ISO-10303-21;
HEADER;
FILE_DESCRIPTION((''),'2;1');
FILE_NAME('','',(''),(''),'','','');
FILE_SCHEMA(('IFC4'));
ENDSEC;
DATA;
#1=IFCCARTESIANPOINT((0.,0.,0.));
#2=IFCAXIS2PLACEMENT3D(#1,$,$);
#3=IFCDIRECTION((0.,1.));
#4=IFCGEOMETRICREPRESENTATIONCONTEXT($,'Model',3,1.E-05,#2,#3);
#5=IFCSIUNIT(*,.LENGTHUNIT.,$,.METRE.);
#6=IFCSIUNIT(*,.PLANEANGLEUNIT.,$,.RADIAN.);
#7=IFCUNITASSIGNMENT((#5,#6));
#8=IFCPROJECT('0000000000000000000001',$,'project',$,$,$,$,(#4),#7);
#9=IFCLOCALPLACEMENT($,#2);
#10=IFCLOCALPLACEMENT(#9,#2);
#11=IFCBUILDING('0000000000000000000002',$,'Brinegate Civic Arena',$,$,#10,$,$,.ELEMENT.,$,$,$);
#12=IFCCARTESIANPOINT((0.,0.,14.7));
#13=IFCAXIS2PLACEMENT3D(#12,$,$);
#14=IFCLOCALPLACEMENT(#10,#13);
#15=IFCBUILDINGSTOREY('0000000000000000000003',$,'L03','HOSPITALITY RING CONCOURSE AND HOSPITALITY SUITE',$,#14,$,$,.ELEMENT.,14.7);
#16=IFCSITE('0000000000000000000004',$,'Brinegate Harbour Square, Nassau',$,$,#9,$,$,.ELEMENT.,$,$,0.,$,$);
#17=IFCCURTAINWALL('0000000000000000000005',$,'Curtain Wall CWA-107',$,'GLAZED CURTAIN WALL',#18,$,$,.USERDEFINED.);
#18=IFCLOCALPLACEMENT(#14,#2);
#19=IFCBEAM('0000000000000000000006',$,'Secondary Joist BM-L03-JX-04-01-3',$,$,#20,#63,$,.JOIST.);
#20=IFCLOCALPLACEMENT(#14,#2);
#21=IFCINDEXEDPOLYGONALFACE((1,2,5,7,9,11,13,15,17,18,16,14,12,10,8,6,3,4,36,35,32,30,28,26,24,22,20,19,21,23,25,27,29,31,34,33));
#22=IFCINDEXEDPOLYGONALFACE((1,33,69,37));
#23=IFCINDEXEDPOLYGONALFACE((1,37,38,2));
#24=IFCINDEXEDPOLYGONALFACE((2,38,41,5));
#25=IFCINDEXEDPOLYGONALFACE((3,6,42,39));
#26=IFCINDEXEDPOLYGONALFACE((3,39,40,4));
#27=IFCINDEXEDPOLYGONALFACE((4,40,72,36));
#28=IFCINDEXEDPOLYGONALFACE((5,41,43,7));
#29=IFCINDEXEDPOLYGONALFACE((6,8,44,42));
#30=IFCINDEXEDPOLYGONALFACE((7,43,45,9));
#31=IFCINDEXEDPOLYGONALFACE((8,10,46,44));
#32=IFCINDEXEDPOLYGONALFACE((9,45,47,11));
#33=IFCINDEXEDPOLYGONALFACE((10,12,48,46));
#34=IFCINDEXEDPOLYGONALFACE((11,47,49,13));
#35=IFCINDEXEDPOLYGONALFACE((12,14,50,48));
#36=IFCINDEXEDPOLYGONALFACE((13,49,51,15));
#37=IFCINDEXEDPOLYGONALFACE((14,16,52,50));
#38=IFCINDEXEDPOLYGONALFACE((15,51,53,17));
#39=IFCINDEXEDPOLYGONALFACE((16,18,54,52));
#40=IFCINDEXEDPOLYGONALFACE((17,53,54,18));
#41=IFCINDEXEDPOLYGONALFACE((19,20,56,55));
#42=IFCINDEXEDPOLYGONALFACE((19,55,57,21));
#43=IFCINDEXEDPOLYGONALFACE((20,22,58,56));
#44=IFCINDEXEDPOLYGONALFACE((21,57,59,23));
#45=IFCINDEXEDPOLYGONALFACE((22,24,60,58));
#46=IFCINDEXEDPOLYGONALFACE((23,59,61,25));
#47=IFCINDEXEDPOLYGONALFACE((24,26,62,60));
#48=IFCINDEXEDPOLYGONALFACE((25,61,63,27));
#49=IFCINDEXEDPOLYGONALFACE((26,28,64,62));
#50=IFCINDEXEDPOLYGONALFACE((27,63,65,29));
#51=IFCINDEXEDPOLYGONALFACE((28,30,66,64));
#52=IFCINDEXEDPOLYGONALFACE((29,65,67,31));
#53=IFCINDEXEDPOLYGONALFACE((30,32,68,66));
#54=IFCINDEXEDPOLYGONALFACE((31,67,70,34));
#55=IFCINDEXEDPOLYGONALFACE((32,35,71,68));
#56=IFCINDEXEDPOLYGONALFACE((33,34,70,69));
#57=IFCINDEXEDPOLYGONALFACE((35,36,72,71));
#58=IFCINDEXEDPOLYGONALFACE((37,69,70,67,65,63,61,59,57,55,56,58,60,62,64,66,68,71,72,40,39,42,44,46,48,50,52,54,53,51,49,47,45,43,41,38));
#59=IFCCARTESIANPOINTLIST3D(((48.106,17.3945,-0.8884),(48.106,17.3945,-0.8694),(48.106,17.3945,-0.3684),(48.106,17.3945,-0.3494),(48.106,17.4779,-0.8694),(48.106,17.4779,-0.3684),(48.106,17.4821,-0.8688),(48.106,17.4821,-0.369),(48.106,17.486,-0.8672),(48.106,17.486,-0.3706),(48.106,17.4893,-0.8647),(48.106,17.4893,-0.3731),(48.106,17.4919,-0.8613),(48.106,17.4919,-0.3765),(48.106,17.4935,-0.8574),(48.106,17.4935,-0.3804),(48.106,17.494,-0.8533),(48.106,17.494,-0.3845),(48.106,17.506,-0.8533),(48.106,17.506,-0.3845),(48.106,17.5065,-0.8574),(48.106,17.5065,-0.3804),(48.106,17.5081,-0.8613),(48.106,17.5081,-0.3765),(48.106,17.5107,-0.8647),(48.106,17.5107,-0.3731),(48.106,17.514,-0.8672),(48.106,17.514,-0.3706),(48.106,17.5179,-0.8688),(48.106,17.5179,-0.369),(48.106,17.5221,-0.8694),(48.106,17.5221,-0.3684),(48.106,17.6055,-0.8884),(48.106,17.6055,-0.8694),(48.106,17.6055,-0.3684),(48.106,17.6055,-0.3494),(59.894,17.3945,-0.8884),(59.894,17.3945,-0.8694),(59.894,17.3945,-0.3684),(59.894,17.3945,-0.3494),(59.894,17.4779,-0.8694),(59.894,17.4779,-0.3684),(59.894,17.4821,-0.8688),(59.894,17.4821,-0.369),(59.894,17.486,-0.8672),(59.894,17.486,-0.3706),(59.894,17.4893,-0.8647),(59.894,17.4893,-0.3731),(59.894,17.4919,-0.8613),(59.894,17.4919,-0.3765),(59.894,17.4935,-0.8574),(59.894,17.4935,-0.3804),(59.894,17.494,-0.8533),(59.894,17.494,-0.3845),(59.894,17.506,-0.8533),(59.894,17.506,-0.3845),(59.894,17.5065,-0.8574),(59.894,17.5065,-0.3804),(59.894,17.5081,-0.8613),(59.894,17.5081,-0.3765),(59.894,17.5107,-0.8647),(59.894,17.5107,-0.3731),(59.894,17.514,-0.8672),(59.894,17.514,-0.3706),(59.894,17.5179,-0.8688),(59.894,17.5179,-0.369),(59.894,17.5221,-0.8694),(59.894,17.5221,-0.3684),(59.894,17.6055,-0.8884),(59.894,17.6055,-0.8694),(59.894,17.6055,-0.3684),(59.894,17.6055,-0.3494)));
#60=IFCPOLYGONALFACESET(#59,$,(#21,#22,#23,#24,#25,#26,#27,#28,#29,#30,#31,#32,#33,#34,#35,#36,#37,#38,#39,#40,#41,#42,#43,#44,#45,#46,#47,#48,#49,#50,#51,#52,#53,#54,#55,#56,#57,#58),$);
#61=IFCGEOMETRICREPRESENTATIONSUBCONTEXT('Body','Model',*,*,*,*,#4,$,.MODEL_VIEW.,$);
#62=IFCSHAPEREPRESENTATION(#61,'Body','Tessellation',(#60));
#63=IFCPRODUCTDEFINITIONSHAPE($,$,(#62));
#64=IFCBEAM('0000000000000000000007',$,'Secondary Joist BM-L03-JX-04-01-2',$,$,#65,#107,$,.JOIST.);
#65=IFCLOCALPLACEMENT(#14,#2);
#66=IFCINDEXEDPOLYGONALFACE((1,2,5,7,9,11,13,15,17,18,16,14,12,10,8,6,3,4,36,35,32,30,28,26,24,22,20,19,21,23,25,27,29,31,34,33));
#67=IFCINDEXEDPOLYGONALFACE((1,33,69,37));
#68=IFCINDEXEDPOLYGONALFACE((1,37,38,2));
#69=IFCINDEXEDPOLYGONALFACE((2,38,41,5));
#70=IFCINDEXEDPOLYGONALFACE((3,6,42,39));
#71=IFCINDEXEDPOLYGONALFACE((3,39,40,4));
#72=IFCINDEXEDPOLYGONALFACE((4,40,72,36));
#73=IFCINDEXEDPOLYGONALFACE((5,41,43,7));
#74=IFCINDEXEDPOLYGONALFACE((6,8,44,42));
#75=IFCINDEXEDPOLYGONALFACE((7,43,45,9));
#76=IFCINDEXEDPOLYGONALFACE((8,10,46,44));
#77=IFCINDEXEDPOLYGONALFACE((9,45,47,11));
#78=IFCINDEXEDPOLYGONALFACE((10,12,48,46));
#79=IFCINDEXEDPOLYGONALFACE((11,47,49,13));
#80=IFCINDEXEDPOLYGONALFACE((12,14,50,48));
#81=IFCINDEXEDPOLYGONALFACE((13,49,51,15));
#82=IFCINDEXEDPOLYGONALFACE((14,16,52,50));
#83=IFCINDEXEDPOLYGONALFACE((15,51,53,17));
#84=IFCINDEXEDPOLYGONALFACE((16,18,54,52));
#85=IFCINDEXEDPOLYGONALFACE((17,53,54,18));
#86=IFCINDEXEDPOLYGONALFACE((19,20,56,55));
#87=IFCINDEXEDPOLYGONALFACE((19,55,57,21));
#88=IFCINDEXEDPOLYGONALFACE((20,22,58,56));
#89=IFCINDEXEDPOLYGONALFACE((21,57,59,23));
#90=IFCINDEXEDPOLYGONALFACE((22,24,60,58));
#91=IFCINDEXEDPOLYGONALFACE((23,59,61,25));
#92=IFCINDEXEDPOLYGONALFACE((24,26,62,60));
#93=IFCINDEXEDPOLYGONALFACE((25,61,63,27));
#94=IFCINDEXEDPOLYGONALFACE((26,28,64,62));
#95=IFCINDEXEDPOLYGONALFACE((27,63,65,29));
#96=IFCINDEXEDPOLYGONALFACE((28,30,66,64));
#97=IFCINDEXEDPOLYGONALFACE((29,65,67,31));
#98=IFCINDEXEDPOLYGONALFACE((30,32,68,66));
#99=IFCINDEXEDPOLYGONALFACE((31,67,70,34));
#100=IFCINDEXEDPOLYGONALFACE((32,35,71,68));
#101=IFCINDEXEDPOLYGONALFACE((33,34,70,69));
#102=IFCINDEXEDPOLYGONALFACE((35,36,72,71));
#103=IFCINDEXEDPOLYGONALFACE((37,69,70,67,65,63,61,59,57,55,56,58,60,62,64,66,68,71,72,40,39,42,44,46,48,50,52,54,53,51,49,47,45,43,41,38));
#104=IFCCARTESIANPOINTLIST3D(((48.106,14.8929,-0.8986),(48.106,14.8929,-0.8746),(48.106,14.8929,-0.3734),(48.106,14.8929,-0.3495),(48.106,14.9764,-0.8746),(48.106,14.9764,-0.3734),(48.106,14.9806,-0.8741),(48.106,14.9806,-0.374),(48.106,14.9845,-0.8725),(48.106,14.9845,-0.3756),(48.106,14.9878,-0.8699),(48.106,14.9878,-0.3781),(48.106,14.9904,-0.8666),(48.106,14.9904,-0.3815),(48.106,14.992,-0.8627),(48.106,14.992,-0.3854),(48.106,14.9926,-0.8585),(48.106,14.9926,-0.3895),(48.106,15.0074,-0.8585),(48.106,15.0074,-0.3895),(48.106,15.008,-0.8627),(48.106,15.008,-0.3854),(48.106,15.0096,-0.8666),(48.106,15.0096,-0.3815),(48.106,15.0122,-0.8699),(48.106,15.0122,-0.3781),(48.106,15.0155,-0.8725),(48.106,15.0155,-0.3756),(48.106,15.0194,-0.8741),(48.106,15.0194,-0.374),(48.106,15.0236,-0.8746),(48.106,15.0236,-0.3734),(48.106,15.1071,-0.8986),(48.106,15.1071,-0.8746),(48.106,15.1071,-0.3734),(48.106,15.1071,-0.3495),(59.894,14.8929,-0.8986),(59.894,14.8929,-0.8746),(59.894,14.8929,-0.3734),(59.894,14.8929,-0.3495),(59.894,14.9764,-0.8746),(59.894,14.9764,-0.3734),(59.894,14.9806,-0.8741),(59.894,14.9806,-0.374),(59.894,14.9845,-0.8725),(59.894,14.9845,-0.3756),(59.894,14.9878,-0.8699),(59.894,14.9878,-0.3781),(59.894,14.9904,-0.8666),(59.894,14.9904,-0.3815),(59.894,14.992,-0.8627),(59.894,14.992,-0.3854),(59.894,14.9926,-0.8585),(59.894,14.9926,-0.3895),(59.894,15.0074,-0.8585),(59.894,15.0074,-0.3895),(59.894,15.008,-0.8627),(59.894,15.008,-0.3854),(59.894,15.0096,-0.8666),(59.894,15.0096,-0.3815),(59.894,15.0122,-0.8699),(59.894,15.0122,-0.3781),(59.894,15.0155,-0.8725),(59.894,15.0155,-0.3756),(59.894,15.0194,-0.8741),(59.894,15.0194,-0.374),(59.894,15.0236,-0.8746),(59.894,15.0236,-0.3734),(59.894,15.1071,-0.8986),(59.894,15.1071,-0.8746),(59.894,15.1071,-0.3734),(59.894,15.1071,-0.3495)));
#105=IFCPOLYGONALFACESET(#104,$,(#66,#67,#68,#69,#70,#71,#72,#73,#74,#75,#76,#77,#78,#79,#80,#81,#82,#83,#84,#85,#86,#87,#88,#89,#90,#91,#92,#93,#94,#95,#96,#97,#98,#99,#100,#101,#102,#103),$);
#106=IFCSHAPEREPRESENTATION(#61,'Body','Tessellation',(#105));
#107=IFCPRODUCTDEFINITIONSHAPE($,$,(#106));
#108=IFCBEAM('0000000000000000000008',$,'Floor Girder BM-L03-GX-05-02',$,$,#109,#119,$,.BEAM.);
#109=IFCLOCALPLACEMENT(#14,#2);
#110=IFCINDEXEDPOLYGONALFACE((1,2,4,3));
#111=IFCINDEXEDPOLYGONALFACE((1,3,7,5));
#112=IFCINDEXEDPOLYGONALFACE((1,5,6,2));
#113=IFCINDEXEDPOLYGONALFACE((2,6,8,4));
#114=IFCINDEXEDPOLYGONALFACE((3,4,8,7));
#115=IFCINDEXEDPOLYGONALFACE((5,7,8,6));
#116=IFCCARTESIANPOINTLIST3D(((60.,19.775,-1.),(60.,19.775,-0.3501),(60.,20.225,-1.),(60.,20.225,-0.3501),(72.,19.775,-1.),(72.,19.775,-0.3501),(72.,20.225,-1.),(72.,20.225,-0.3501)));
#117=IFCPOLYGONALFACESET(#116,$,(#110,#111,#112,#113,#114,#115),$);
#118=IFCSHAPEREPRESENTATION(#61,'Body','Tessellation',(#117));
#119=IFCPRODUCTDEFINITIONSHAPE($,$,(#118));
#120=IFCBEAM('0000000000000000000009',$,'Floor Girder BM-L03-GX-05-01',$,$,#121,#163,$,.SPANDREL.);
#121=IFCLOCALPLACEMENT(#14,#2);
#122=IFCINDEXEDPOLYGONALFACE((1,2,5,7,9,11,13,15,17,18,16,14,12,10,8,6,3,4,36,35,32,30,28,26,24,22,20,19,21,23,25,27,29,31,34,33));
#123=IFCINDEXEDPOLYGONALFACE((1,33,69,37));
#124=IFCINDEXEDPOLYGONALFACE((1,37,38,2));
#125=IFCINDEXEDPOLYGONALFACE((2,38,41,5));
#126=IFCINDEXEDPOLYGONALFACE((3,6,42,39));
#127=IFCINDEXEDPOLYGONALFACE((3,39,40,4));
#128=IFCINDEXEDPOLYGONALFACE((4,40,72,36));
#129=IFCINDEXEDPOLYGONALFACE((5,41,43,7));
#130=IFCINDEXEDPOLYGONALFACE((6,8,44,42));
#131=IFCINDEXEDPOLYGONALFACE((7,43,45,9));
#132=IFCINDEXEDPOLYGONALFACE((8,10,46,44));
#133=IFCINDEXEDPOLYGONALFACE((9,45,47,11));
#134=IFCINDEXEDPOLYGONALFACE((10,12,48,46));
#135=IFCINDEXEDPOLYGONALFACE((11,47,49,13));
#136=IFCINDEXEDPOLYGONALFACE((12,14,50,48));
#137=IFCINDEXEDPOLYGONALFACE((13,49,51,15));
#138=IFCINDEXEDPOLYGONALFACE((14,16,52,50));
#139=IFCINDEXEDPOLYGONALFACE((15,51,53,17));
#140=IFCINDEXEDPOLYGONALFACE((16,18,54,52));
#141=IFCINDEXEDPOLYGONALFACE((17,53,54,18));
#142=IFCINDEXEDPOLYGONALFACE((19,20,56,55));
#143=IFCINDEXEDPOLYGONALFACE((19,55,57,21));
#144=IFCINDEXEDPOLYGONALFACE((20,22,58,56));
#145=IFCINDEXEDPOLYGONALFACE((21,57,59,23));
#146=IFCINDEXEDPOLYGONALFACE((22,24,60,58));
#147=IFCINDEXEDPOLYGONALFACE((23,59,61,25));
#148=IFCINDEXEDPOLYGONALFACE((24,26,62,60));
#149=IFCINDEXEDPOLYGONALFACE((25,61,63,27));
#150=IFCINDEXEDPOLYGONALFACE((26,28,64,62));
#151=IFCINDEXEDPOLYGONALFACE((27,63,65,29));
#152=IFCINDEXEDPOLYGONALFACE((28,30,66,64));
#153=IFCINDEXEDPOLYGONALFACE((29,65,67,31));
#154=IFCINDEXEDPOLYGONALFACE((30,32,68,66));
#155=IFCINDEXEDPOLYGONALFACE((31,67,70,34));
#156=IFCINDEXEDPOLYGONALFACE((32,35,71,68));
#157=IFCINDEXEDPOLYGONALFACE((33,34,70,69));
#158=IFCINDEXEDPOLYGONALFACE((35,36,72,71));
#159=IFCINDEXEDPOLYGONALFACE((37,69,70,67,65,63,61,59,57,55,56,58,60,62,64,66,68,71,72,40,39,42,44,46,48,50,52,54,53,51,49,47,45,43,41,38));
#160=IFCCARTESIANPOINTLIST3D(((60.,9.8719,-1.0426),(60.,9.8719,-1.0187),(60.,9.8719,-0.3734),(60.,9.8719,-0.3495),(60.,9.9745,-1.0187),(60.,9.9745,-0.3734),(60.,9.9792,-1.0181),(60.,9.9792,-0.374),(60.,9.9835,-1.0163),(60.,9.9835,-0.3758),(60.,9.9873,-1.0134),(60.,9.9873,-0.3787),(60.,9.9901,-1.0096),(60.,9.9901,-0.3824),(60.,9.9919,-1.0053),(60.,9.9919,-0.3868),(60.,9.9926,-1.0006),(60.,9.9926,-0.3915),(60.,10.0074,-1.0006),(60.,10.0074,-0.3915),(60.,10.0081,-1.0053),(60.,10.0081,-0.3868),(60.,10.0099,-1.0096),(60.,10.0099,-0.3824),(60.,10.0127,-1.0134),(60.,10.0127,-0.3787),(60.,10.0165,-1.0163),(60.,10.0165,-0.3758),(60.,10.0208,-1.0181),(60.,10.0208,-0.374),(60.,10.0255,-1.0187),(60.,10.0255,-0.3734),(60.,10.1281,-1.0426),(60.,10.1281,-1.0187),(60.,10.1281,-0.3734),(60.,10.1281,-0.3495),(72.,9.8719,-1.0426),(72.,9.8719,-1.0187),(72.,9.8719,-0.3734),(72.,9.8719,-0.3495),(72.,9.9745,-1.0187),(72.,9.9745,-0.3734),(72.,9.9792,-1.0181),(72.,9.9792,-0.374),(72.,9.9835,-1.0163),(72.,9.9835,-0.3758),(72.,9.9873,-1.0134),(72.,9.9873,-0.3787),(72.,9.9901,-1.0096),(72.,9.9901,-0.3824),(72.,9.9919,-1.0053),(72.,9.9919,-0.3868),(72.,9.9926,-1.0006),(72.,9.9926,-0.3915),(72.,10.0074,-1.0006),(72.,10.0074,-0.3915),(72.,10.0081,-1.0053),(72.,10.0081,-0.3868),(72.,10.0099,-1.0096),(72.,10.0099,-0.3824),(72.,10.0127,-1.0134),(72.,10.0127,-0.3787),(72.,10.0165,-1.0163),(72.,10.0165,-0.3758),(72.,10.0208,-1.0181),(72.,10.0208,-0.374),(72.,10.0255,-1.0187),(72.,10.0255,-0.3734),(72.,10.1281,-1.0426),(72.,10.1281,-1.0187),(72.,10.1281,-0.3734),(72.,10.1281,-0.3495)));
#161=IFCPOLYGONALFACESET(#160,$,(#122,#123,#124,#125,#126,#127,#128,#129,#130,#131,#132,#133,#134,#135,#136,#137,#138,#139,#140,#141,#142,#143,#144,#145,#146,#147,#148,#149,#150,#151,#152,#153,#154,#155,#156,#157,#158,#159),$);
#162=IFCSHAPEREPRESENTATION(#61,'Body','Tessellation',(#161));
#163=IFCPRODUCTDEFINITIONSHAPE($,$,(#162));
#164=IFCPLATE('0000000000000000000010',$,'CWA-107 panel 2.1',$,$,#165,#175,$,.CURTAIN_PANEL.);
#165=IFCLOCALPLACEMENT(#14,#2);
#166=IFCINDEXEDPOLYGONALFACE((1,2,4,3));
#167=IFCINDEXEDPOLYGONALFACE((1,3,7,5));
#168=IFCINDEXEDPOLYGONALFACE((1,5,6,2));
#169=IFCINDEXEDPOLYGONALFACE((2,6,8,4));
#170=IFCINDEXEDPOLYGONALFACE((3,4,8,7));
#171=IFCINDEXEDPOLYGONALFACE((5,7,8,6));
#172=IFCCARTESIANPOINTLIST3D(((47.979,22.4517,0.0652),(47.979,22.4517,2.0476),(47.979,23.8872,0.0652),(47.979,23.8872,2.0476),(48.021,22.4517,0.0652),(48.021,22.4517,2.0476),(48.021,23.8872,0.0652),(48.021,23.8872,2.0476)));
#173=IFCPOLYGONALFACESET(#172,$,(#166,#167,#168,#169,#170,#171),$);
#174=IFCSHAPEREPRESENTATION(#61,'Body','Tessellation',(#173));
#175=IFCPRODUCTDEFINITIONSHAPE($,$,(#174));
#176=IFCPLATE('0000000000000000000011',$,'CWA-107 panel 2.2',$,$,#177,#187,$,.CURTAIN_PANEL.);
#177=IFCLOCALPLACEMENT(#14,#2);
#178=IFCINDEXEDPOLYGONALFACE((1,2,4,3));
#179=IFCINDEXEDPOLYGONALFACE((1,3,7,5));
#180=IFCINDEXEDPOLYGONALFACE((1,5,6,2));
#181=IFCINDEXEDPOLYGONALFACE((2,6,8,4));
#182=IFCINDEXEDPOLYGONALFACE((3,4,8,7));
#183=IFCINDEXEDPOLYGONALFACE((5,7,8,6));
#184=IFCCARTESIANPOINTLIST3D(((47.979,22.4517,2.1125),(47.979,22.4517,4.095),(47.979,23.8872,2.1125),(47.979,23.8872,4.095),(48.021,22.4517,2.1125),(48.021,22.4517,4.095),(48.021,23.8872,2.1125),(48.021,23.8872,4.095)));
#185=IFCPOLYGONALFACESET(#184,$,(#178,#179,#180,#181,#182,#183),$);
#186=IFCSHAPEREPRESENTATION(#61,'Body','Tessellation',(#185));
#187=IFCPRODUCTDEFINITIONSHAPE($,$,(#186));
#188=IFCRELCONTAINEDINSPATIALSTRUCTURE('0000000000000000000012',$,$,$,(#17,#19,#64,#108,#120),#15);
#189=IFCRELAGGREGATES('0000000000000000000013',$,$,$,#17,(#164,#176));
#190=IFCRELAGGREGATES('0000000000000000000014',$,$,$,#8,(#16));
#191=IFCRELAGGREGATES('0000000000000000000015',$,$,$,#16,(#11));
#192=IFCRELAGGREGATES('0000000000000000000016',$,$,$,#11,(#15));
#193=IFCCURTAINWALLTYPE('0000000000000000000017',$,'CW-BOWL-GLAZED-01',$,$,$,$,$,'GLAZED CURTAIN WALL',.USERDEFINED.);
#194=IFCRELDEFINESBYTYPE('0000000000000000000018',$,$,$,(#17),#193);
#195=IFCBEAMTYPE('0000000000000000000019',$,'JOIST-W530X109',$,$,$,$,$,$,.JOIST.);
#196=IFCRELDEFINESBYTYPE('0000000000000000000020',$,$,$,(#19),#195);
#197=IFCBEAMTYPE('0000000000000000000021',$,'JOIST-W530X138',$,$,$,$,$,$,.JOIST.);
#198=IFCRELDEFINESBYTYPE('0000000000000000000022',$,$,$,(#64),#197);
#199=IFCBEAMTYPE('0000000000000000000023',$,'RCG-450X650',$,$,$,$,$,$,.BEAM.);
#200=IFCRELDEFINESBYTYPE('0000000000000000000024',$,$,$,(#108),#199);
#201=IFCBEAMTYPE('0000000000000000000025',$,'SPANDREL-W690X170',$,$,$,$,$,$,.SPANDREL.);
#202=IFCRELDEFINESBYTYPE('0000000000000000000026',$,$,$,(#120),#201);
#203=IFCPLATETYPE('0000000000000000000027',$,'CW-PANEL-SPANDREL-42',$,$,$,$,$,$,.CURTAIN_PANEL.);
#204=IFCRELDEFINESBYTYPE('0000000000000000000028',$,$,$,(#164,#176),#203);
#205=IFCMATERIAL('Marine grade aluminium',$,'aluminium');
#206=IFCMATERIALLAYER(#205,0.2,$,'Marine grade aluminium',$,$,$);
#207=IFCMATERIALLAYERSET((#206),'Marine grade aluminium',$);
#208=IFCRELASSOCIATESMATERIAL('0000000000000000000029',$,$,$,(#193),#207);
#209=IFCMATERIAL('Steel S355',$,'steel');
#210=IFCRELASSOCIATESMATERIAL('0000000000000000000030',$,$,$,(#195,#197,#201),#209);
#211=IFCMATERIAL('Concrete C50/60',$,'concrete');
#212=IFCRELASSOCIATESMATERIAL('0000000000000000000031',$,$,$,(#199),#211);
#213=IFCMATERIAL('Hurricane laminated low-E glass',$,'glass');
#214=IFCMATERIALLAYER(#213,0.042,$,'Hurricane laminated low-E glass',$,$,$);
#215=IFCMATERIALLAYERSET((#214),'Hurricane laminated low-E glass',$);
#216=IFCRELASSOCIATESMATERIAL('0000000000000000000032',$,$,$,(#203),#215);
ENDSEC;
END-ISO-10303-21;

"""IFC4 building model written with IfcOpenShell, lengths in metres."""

from ifc_helpers import new_model, si_unit, direction, frame, origin, origin_2d, place, context, subcontext, project, spatial, rectangle, i_section, extrude, material, layer, layer_set, material_profile, profile_set, type_object, element, aggregate, save


model = new_model("IFC4")

# Units and contexts
model_context = context("Model", 3, precision=1e-05, world=origin(), true_north=direction((0.0, 1.0)))
body_context = subcontext(model_context, "Body", "Model", "MODEL_VIEW")
ifc_project = project(units=[si_unit("LENGTHUNIT", "METRE"), si_unit("PLANEANGLEUNIT", "RADIAN")], contexts=[model_context])

# Site, building, storey
site_placement = place(None, origin())
site = spatial("IfcSite", under=ifc_project, at=site_placement, Name="Brinegate Harbour Square, Nassau", CompositionType="ELEMENT", RefElevation=0.0)
building_placement = place(site_placement, origin())
building = spatial("IfcBuilding", under=site, at=building_placement, Name="Brinegate Civic Arena", CompositionType="ELEMENT")
storey_placement = place(building_placement, frame((0.0, 0.0, 14.7)))
storey = spatial("IfcBuildingStorey", under=building, at=storey_placement, Name="L03", Description="HOSPITALITY RING CONCOURSE AND HOSPITALITY SUITE", CompositionType="ELEMENT", Elevation=14.7)

# Shared definitions
ifc_material_1 = material(Name="Concrete C50/60", Category="concrete")

# Curtain wall
ifc_material_2 = material(Name="Marine grade aluminium", Category="aluminium")
ifc_layer_1 = layer(ifc_material_2, 0.2, Name="Marine grade aluminium")
ifc_layer_set_1 = layer_set([ifc_layer_1], Name="Marine grade aluminium")
curtain_wall_type = type_object("IfcCurtainWallType", Name="CW-BOWL-GLAZED-01", ElementType="GLAZED CURTAIN WALL", PredefinedType="USERDEFINED", material=ifc_layer_set_1)
curtain_wall_placement = place(storey_placement, origin())
curtain_wall = element("IfcCurtainWall", 1, at=curtain_wall_placement, inside=storey, type_object=curtain_wall_type, Name="Curtain Wall CWA-107", ObjectType="GLAZED CURTAIN WALL", PredefinedType="USERDEFINED")

# Beams
ifc_material_3 = material(Name="Steel S355", Category="steel")
ifc_material_profile_1 = material_profile(ifc_material_3, i_section(OverallWidth=0.2109, OverallDepth=0.5391, WebThickness=0.012, FlangeThickness=0.019, FilletRadius=0.0161, at=origin_2d()), Name="W530X109")
ifc_profile_set_1 = profile_set([ifc_material_profile_1], Name="Steel S355")
beam_type_1 = type_object("IfcBeamType", Name="JOIST-W530X109", PredefinedType="JOIST", material=ifc_profile_set_1)
beam_1_placement = place(storey_placement, frame((48.106, 17.5, -0.6189), z_axis=(1.0, 0.0, 0.0), x_axis=(0.0, 1.0, 0.0)))
element("IfcBeam", 2, at=beam_1_placement, inside=storey, type_object=beam_type_1, Name="Secondary Joist BM-L03-JX-04-01-3", PredefinedType="JOIST", context=body_context, shape_type="SweptSolid", body=[
    extrude(i_section(OverallWidth=0.2109, OverallDepth=0.5391, WebThickness=0.012, FlangeThickness=0.019, FilletRadius=0.0161, at=origin_2d()), origin(), (0.0, 0.0, 1.0), 11.7881),
])
ifc_material_profile_2 = material_profile(ifc_material_3, i_section(OverallWidth=0.2141, OverallDepth=0.5491, WebThickness=0.0149, FlangeThickness=0.0239, FilletRadius=0.0161, at=origin_2d()), Name="W530X138")
ifc_profile_set_2 = profile_set([ifc_material_profile_2], Name="Steel S355")
beam_type_2 = type_object("IfcBeamType", Name="JOIST-W530X138", PredefinedType="JOIST", material=ifc_profile_set_2)
beam_2_placement = place(storey_placement, frame((48.106, 15.0, -0.624), z_axis=(1.0, 0.0, 0.0), x_axis=(0.0, 1.0, 0.0)))
element("IfcBeam", 3, at=beam_2_placement, inside=storey, type_object=beam_type_2, Name="Secondary Joist BM-L03-JX-04-01-2", PredefinedType="JOIST", context=body_context, shape_type="SweptSolid", body=[
    extrude(i_section(OverallWidth=0.2141, OverallDepth=0.5491, WebThickness=0.0149, FlangeThickness=0.0239, FilletRadius=0.0161, at=origin_2d()), origin(), (0.0, 0.0, 1.0), 11.7881),
])
ifc_material_profile_3 = material_profile(ifc_material_1, rectangle(XDim=0.45, YDim=0.6499, at=origin_2d()), Name="RCB450X650")
ifc_profile_set_3 = profile_set([ifc_material_profile_3], Name="Concrete C50/60")
beam_type_3 = type_object("IfcBeamType", Name="RCG-450X650", PredefinedType="BEAM", material=ifc_profile_set_3)
beam_3_placement = place(storey_placement, frame((60.0, 20.0, -0.675), z_axis=(1.0, 0.0, 0.0), x_axis=(0.0, 1.0, 0.0)))
element("IfcBeam", 4, at=beam_3_placement, inside=storey, type_object=beam_type_3, Name="Floor Girder BM-L03-GX-05-02", PredefinedType="BEAM", context=body_context, shape_type="SweptSolid", body=[
    extrude(rectangle(XDim=0.45, YDim=0.6499, at=origin_2d()), origin(), (0.0, 0.0, 1.0), 12.0),
])
ifc_material_profile_4 = material_profile(ifc_material_3, i_section(OverallWidth=0.2561, OverallDepth=0.6931, WebThickness=0.0149, FlangeThickness=0.0239, FilletRadius=0.0181, at=origin_2d()), Name="W690X170")
ifc_profile_set_4 = profile_set([ifc_material_profile_4], Name="Steel S355")
beam_type_4 = type_object("IfcBeamType", Name="SPANDREL-W690X170", PredefinedType="SPANDREL", material=ifc_profile_set_4)
beam_4_placement = place(storey_placement, frame((60.0, 10.0, -0.696), z_axis=(1.0, 0.0, 0.0), x_axis=(0.0, 1.0, 0.0)))
element("IfcBeam", 5, at=beam_4_placement, inside=storey, type_object=beam_type_4, Name="Floor Girder BM-L03-GX-05-01", PredefinedType="SPANDREL", context=body_context, shape_type="SweptSolid", body=[
    extrude(i_section(OverallWidth=0.2561, OverallDepth=0.6931, WebThickness=0.0149, FlangeThickness=0.0239, FilletRadius=0.0181, at=origin_2d()), origin(), (0.0, 0.0, 1.0), 12.0),
])

# Plates
ifc_material_4 = material(Name="Hurricane laminated low-E glass", Category="glass")
ifc_layer_2 = layer(ifc_material_4, 0.042, Name="Hurricane laminated low-E glass")
ifc_layer_set_2 = layer_set([ifc_layer_2], Name="Hurricane laminated low-E glass")
plate_type = type_object("IfcPlateType", Name="CW-PANEL-SPANDREL-42", PredefinedType="CURTAIN_PANEL", material=ifc_layer_set_2)
plate_1_placement = place(storey_placement, frame((48.0, 23.1694, 0.0652), z_axis=(0.0, 0.0, 1.0), x_axis=(0.0, 1.0, 0.0)))
plate_1 = element("IfcPlate", 6, at=plate_1_placement, type_object=plate_type, Name="CWA-107 panel 2.1", PredefinedType="CURTAIN_PANEL", context=body_context, shape_type="SweptSolid", body=[
    extrude(rectangle(XDim=1.4355, YDim=0.042, at=origin_2d()), origin(), (0.0, 0.0, 1.0), 1.9824),
])
plate_2_placement = place(storey_placement, frame((48.0, 23.1694, 2.1125), z_axis=(0.0, 0.0, 1.0), x_axis=(0.0, 1.0, 0.0)))
plate_2 = element("IfcPlate", 7, at=plate_2_placement, type_object=plate_type, Name="CWA-107 panel 2.2", PredefinedType="CURTAIN_PANEL", context=body_context, shape_type="SweptSolid", body=[
    extrude(rectangle(XDim=1.4355, YDim=0.042, at=origin_2d()), origin(), (0.0, 0.0, 1.0), 1.9824),
])
aggregate(curtain_wall, [plate_1, plate_2])

save(model, "model.ifc")
